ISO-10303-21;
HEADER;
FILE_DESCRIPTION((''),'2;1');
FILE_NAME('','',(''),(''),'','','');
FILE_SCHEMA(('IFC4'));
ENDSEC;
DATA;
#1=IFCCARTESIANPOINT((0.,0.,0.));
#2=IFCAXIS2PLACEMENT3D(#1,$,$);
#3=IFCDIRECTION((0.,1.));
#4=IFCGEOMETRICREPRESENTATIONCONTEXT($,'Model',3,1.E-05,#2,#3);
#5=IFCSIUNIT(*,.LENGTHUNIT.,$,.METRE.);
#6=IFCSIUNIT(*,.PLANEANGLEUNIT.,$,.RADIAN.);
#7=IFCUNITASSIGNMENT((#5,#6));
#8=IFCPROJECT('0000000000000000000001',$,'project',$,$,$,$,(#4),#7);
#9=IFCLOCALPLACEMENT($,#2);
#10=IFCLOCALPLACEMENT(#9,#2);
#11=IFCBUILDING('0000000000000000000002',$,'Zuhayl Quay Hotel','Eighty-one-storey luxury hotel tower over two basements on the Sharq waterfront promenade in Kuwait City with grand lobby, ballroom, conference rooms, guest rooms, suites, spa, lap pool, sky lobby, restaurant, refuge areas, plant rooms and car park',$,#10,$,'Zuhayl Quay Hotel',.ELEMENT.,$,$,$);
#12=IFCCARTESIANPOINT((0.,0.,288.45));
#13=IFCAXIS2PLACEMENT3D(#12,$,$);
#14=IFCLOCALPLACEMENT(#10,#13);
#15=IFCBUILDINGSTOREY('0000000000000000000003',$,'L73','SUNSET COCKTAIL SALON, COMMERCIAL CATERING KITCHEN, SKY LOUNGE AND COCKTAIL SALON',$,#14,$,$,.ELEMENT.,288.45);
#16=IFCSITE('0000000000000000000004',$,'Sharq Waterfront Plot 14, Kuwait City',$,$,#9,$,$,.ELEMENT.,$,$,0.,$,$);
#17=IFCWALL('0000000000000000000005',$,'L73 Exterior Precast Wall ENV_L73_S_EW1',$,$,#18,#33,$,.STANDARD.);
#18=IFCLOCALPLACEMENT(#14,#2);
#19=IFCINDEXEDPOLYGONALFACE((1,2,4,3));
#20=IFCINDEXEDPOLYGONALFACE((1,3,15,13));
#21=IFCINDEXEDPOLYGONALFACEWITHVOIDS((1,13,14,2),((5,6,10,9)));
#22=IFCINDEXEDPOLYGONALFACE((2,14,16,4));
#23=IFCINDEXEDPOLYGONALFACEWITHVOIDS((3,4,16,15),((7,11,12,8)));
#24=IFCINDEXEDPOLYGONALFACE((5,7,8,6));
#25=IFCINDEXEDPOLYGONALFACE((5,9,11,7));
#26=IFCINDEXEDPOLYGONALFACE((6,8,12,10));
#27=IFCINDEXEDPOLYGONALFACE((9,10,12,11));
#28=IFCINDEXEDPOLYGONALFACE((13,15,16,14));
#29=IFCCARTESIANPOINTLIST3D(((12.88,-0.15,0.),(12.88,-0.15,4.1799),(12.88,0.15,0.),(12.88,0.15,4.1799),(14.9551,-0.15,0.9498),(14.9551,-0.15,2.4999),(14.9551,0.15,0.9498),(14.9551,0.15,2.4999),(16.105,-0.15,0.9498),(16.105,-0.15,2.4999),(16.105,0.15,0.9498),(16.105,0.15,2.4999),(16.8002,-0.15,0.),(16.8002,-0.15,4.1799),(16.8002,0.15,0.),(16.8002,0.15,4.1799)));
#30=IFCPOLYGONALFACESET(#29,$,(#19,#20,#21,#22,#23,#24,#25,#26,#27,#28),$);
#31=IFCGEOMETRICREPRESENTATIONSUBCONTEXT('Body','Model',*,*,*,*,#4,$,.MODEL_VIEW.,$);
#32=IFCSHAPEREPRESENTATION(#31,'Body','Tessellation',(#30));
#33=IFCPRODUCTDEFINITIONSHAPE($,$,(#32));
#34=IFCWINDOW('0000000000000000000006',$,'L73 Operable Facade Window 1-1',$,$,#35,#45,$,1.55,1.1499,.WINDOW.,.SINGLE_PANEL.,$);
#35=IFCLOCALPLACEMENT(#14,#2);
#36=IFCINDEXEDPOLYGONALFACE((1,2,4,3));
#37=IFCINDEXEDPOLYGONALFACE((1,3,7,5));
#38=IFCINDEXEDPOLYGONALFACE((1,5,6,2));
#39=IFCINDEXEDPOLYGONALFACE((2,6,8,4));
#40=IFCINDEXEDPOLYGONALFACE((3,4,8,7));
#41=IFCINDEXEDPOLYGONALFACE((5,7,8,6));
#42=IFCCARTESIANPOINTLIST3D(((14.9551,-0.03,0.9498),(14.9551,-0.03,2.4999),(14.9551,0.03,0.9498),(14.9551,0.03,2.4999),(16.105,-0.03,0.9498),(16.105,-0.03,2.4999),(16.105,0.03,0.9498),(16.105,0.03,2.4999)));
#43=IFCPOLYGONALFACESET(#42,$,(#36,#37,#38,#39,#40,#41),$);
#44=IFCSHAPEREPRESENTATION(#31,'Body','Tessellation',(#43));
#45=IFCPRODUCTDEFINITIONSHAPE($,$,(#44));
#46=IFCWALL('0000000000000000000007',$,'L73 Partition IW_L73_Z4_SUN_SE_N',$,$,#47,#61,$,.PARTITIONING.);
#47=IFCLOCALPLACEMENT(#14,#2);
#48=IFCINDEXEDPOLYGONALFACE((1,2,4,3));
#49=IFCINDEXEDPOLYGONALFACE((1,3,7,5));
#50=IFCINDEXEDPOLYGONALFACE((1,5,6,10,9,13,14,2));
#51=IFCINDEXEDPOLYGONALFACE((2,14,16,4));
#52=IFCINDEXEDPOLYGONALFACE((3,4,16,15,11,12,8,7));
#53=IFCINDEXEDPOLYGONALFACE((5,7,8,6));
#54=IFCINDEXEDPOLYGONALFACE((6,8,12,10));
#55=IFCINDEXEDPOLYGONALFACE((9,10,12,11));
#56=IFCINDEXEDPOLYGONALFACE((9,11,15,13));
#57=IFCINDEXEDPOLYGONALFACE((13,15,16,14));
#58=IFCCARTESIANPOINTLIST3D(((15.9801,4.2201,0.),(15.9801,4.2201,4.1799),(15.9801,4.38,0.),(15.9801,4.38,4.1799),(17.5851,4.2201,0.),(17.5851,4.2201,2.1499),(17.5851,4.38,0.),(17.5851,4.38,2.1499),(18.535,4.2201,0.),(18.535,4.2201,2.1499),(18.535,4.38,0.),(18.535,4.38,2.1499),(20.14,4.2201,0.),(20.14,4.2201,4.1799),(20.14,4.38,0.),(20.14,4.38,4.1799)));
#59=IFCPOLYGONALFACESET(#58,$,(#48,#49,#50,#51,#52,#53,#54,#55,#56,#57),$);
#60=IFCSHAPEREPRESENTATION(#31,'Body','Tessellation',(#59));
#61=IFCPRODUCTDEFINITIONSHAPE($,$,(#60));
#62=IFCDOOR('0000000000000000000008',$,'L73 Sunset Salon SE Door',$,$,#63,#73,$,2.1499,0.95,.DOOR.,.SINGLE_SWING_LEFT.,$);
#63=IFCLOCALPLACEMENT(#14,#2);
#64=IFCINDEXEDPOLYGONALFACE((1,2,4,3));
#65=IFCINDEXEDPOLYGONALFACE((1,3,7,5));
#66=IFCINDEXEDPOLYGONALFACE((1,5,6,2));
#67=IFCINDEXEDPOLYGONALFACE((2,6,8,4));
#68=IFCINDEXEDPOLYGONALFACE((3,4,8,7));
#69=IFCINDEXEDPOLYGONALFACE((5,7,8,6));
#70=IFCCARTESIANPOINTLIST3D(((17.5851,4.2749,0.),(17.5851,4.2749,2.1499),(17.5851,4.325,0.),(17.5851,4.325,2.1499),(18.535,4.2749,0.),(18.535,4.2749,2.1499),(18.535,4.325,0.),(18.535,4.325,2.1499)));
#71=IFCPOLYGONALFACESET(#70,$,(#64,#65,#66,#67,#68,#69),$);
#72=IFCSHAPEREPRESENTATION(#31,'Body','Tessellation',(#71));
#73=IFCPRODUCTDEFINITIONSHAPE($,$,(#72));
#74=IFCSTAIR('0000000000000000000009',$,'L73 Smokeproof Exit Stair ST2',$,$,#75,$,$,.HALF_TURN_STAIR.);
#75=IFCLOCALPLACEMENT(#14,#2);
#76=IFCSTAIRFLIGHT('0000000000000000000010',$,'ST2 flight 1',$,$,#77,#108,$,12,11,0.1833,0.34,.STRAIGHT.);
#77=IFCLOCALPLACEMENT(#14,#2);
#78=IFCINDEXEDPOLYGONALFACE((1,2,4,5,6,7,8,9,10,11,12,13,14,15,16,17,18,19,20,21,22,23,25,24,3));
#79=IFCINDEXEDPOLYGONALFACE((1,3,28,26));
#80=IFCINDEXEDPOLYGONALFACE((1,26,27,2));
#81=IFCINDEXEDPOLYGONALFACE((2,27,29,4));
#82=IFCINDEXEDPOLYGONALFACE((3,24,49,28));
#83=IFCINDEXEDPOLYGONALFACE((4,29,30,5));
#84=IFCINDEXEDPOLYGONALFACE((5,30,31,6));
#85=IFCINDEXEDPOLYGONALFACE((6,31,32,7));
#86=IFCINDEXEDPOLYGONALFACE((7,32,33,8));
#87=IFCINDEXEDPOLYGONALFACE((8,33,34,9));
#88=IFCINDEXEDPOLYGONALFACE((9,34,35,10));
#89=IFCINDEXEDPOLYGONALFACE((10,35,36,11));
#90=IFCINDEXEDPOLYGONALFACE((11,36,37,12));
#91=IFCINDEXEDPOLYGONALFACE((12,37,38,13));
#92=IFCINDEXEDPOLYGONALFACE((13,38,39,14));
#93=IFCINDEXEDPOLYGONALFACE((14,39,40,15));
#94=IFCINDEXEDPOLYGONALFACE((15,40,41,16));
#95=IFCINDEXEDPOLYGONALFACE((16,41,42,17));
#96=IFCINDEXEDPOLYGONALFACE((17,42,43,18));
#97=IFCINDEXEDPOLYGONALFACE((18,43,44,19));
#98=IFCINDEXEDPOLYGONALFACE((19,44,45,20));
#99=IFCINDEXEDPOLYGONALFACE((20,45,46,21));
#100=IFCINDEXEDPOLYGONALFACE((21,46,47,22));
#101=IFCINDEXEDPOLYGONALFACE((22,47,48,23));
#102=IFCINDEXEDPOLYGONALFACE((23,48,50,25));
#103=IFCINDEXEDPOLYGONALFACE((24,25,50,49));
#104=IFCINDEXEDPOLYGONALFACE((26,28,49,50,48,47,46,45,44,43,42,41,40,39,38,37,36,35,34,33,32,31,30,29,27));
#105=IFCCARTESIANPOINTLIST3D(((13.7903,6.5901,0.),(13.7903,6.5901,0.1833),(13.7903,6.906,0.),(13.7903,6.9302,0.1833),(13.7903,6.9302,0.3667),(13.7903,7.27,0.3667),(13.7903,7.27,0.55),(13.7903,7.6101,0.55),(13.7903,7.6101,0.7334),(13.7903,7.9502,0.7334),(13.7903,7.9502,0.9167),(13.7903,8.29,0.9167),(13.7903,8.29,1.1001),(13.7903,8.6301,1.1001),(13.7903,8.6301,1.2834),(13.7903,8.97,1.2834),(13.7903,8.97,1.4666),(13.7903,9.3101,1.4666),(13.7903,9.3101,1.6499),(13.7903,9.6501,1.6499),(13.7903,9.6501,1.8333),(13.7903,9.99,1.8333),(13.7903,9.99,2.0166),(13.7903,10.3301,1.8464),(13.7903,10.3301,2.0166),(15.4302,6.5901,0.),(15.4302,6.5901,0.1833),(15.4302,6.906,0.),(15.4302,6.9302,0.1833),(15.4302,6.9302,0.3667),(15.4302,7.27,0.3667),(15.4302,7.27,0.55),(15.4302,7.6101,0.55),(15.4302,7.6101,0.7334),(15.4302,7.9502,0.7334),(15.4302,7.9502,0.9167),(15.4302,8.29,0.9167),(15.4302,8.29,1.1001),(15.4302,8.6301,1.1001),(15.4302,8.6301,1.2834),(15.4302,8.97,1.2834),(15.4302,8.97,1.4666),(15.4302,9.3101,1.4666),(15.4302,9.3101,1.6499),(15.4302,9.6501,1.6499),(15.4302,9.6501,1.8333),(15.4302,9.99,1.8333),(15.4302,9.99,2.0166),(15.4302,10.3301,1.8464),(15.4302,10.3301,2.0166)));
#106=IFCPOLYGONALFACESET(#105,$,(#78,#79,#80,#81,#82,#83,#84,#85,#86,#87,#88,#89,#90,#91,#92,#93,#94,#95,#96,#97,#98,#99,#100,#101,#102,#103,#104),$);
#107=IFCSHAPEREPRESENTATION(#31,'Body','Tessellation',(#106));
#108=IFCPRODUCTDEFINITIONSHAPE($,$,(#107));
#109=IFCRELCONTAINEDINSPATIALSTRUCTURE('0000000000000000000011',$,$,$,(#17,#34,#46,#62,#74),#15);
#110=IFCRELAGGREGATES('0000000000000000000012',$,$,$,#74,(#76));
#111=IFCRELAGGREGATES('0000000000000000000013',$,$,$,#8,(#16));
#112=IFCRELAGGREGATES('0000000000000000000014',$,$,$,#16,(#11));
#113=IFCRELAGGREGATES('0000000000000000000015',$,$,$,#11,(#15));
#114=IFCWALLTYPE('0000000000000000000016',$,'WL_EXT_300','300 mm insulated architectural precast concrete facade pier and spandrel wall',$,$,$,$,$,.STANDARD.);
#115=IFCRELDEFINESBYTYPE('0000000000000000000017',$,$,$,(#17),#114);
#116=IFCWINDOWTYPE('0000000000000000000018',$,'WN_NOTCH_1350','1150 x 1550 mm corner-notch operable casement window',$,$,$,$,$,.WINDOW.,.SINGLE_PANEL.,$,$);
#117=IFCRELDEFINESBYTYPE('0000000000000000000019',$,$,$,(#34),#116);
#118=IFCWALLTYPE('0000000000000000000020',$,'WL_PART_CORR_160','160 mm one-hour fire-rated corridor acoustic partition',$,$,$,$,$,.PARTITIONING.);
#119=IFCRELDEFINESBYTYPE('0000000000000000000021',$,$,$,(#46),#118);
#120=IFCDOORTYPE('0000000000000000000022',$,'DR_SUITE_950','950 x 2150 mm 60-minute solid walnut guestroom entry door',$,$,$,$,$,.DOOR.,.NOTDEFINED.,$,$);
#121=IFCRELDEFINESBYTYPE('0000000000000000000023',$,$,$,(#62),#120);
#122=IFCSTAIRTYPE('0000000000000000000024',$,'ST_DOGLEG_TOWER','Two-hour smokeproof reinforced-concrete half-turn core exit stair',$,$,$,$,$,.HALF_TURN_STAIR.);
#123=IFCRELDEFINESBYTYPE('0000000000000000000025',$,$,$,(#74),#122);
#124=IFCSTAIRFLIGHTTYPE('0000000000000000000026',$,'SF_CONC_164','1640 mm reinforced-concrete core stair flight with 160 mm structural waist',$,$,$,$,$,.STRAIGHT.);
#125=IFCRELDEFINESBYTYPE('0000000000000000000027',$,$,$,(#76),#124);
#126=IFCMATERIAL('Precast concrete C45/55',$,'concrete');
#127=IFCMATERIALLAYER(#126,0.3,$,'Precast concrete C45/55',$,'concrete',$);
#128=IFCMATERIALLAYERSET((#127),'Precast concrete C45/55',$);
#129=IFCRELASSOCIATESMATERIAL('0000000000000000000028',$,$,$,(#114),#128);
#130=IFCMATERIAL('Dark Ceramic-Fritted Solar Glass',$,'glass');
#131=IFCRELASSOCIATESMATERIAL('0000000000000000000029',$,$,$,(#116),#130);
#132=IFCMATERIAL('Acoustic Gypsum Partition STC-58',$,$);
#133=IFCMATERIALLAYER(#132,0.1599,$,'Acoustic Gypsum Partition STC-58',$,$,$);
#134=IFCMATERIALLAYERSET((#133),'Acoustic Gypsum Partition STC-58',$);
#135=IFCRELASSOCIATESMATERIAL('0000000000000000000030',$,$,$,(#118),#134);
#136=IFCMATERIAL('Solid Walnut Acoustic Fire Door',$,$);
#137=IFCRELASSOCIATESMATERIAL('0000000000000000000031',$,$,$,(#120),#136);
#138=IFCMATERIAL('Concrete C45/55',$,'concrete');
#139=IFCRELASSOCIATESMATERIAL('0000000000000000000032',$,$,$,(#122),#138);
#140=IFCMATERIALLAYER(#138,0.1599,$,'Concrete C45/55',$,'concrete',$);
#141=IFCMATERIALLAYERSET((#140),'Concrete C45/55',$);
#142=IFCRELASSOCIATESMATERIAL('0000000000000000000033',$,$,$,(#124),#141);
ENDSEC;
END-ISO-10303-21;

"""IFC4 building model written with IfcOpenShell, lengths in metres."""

from ifc_helpers import new_model, si_unit, direction, frame, frame_2d, origin, place, context, subcontext, project, spatial, polyline, rectangle, outline, extrude, material, layer, layer_set, type_object, element, fill, aggregate, save


model = new_model("IFC4")

# Units and contexts
model_context = context("Model", 3, precision=1e-05, world=origin(), true_north=direction((0.0, 1.0)))
body_context = subcontext(model_context, "Body", "Model", "MODEL_VIEW")
ifc_project = project(units=[si_unit("LENGTHUNIT", "METRE"), si_unit("PLANEANGLEUNIT", "RADIAN")], contexts=[model_context])

# Site, building, storey
site_placement = place(None, origin())
site = spatial("IfcSite", under=ifc_project, at=site_placement, Name="Sharq Waterfront Plot 14, Kuwait City", CompositionType="ELEMENT", RefElevation=0.0)
building_placement = place(site_placement, origin())
building = spatial("IfcBuilding", under=site, at=building_placement, Name="Zuhayl Quay Hotel", Description="Eighty-one-storey luxury hotel tower over two basements on the Sharq waterfront promenade in Kuwait City with grand lobby, ballroom, conference rooms, guest rooms, suites, spa, lap pool, sky lobby, restaurant, refuge areas, plant rooms and car park", LongName="Zuhayl Quay Hotel", CompositionType="ELEMENT")
storey_placement = place(building_placement, frame((0.0, 0.0, 288.45)))
storey = spatial("IfcBuildingStorey", under=building, at=storey_placement, Name="L73", Description="SUNSET COCKTAIL SALON, COMMERCIAL CATERING KITCHEN, SKY LOUNGE AND COCKTAIL SALON", CompositionType="ELEMENT", Elevation=288.45)

# Shared definitions
ifc_material_1 = material(Name="Dark Ceramic-Fritted Solar Glass", Category="glass")

# Shared definitions
ifc_material_2 = material(Name="Precast concrete C45/55", Category="concrete")
ifc_layer_1 = layer(ifc_material_2, 0.3, Name="Precast concrete C45/55", Category="concrete")
ifc_layer_set_1 = layer_set([ifc_layer_1], Name="Precast concrete C45/55")
wall_type_1 = type_object("IfcWallType", Name="WL_EXT_300", Description="300 mm insulated architectural precast concrete facade pier and spandrel wall", PredefinedType="STANDARD", material=ifc_layer_set_1)

# Wall, opening, window
wall_1_placement = place(storey_placement, frame((16.8, 0.0, 0.0), z_axis=(0.0, 0.0, 1.0), x_axis=(-1.0, 0.0, 0.0)))
wall_1 = element("IfcWall", 1, at=wall_1_placement, inside=storey, type_object=wall_type_1, Name="L73 Exterior Precast Wall ENV_L73_S_EW1", PredefinedType="STANDARD", context=body_context, shape_type="SweptSolid", body=[
    extrude(rectangle(XDim=3.9202, YDim=0.3, at=frame_2d((1.96, 0.0))), origin(), (0.0, 0.0, 1.0), 4.1799),
])
opening_1_placement = place(wall_1_placement, frame((0.6951, 0.0, 0.95)))
opening_1 = element("IfcOpeningElement", 2, at=opening_1_placement, cuts=wall_1, PredefinedType="OPENING", context=body_context, shape_type="SweptSolid", body=[
    extrude(rectangle(XDim=1.1499, YDim=1.55, at=frame_2d((0.575, 0.7749))), frame((0.0, 0.1599, 0.0), z_axis=(0.0, -1.0, 0.0), x_axis=(1.0, 0.0, 0.0)), (0.0, 0.0, 1.0), 0.3201),
])
window_type = type_object("IfcWindowType", Name="WN_NOTCH_1350", Description="1150 x 1550 mm corner-notch operable casement window", PartitioningType="SINGLE_PANEL", PredefinedType="WINDOW", material=ifc_material_1)
window_placement = place(opening_1_placement, origin())
window = element("IfcWindow", 3, at=window_placement, inside=storey, type_object=window_type, Name="L73 Operable Facade Window 1-1", OverallHeight=1.55, OverallWidth=1.1499, PartitioningType="SINGLE_PANEL", PredefinedType="WINDOW", context=body_context, shape_type="SweptSolid", body=[
    extrude(rectangle(XDim=1.1499, YDim=1.55, at=frame_2d((0.575, 0.7749))), frame((0.0, 0.03, 0.0), z_axis=(0.0, -1.0, 0.0), x_axis=(1.0, 0.0, 0.0)), (0.0, 0.0, 1.0), 0.0601),
])
fill(opening_1, window)

# Wall, opening, door
ifc_material_3 = material(Name="Acoustic Gypsum Partition STC-58")
ifc_layer_2 = layer(ifc_material_3, 0.1599, Name="Acoustic Gypsum Partition STC-58")
ifc_layer_set_2 = layer_set([ifc_layer_2], Name="Acoustic Gypsum Partition STC-58")
wall_type_2 = type_object("IfcWallType", Name="WL_PART_CORR_160", Description="160 mm one-hour fire-rated corridor acoustic partition", PredefinedType="PARTITIONING", material=ifc_layer_set_2)
wall_2_placement = place(storey_placement, frame((15.98, 4.3, 0.0), z_axis=(0.0, 0.0, 1.0), x_axis=(1.0, 0.0, 0.0)))
wall_2 = element("IfcWall", 4, at=wall_2_placement, inside=storey, type_object=wall_type_2, Name="L73 Partition IW_L73_Z4_SUN_SE_N", PredefinedType="PARTITIONING", context=body_context, shape_type="SweptSolid", body=[
    extrude(rectangle(XDim=4.1599, YDim=0.1599, at=frame_2d((2.0801, 0.0))), origin(), (0.0, 0.0, 1.0), 4.1799),
])
opening_2_placement = place(wall_2_placement, frame((1.605, 0.0, 0.0)))
opening_2 = element("IfcOpeningElement", 5, at=opening_2_placement, cuts=wall_2, PredefinedType="OPENING", context=body_context, shape_type="SweptSolid", body=[
    extrude(rectangle(XDim=0.95, YDim=2.1499, at=frame_2d((0.4751, 1.075))), frame((0.0, 0.0898, 0.0), z_axis=(0.0, -1.0, 0.0), x_axis=(1.0, 0.0, 0.0)), (0.0, 0.0, 1.0), 0.1799),
])
ifc_material_4 = material(Name="Solid Walnut Acoustic Fire Door")
door_type_1 = type_object("IfcDoorType", Name="DR_SUITE_950", Description="950 x 2150 mm 60-minute solid walnut guestroom entry door", OperationType="NOTDEFINED", PredefinedType="DOOR", material=ifc_material_4)
door_1_placement = place(opening_2_placement, origin())
door_1 = element("IfcDoor", 6, at=door_1_placement, inside=storey, type_object=door_type_1, Name="L73 Sunset Salon SE Door", OperationType="SINGLE_SWING_LEFT", OverallHeight=2.1499, OverallWidth=0.95, PredefinedType="DOOR", context=body_context, shape_type="SweptSolid", body=[
    extrude(rectangle(XDim=0.95, YDim=2.1499, at=frame_2d((0.4751, 1.075))), frame((0.0, 0.0249, 0.0), z_axis=(0.0, -1.0, 0.0), x_axis=(1.0, 0.0, 0.0)), (0.0, 0.0, 1.0), 0.05),
])
fill(opening_2, door_1)

# Stair, stair flight
ifc_material_5 = material(Name="Concrete C45/55", Category="concrete")
stair_type = type_object("IfcStairType", Name="ST_DOGLEG_TOWER", Description="Two-hour smokeproof reinforced-concrete half-turn core exit stair", PredefinedType="HALF_TURN_STAIR", material=ifc_material_5)
stair_placement = place(storey_placement, origin())
stair = element("IfcStair", 7, at=stair_placement, inside=storey, type_object=stair_type, Name="L73 Smokeproof Exit Stair ST2", PredefinedType="HALF_TURN_STAIR")
ifc_layer_3 = layer(ifc_material_5, 0.1599, Name="Concrete C45/55", Category="concrete")
ifc_layer_set_3 = layer_set([ifc_layer_3], Name="Concrete C45/55")
stair_flight_type = type_object("IfcStairFlightType", Name="SF_CONC_164", Description="1640 mm reinforced-concrete core stair flight with 160 mm structural waist", PredefinedType="STRAIGHT", material=ifc_layer_set_3)
stair_flight_placement = place(storey_placement, frame((14.6101, 6.5901, 0.0), z_axis=(0.0, 0.0, 1.0), x_axis=(0.0, 1.0, 0.0)))
stair_flight = element("IfcStairFlight", 8, at=stair_flight_placement, type_object=stair_flight_type, Name="ST2 flight 1", NumberOfRisers=12, NumberOfTreads=11, PredefinedType="STRAIGHT", RiserHeight=0.1833, TreadLength=0.34, context=body_context, shape_type="SweptSolid", body=[
    extrude(outline(polyline([(0.0, 0.0), (0.0, 0.1833), (0.3401, 0.1833), (0.3401, 0.3667), (0.6799, 0.3667), (0.6799, 0.55), (1.02, 0.55), (1.02, 0.7334), (1.3601, 0.7334), (1.3601, 0.9167), (1.7, 0.9167), (1.7, 1.1001), (2.04, 1.1001), (2.04, 1.2834), (2.3799, 1.2834), (2.3799, 1.4666), (2.72, 1.4666), (2.72, 1.6499), (3.0601, 1.6499), (3.0601, 1.8333), (3.3999, 1.8333), (3.3999, 2.0166), (3.74, 2.0166), (3.74, 2.2), (3.74, 1.8464), (0.3159, 0.0), (0.0, 0.0)])), frame((0.0, 0.8198, 0.0), z_axis=(0.0, -1.0, 0.0), x_axis=(1.0, 0.0, 0.0)), (0.0, 0.0, 1.0), 1.6399),
])
aggregate(stair, [stair_flight])

save(model, "model.ifc")
